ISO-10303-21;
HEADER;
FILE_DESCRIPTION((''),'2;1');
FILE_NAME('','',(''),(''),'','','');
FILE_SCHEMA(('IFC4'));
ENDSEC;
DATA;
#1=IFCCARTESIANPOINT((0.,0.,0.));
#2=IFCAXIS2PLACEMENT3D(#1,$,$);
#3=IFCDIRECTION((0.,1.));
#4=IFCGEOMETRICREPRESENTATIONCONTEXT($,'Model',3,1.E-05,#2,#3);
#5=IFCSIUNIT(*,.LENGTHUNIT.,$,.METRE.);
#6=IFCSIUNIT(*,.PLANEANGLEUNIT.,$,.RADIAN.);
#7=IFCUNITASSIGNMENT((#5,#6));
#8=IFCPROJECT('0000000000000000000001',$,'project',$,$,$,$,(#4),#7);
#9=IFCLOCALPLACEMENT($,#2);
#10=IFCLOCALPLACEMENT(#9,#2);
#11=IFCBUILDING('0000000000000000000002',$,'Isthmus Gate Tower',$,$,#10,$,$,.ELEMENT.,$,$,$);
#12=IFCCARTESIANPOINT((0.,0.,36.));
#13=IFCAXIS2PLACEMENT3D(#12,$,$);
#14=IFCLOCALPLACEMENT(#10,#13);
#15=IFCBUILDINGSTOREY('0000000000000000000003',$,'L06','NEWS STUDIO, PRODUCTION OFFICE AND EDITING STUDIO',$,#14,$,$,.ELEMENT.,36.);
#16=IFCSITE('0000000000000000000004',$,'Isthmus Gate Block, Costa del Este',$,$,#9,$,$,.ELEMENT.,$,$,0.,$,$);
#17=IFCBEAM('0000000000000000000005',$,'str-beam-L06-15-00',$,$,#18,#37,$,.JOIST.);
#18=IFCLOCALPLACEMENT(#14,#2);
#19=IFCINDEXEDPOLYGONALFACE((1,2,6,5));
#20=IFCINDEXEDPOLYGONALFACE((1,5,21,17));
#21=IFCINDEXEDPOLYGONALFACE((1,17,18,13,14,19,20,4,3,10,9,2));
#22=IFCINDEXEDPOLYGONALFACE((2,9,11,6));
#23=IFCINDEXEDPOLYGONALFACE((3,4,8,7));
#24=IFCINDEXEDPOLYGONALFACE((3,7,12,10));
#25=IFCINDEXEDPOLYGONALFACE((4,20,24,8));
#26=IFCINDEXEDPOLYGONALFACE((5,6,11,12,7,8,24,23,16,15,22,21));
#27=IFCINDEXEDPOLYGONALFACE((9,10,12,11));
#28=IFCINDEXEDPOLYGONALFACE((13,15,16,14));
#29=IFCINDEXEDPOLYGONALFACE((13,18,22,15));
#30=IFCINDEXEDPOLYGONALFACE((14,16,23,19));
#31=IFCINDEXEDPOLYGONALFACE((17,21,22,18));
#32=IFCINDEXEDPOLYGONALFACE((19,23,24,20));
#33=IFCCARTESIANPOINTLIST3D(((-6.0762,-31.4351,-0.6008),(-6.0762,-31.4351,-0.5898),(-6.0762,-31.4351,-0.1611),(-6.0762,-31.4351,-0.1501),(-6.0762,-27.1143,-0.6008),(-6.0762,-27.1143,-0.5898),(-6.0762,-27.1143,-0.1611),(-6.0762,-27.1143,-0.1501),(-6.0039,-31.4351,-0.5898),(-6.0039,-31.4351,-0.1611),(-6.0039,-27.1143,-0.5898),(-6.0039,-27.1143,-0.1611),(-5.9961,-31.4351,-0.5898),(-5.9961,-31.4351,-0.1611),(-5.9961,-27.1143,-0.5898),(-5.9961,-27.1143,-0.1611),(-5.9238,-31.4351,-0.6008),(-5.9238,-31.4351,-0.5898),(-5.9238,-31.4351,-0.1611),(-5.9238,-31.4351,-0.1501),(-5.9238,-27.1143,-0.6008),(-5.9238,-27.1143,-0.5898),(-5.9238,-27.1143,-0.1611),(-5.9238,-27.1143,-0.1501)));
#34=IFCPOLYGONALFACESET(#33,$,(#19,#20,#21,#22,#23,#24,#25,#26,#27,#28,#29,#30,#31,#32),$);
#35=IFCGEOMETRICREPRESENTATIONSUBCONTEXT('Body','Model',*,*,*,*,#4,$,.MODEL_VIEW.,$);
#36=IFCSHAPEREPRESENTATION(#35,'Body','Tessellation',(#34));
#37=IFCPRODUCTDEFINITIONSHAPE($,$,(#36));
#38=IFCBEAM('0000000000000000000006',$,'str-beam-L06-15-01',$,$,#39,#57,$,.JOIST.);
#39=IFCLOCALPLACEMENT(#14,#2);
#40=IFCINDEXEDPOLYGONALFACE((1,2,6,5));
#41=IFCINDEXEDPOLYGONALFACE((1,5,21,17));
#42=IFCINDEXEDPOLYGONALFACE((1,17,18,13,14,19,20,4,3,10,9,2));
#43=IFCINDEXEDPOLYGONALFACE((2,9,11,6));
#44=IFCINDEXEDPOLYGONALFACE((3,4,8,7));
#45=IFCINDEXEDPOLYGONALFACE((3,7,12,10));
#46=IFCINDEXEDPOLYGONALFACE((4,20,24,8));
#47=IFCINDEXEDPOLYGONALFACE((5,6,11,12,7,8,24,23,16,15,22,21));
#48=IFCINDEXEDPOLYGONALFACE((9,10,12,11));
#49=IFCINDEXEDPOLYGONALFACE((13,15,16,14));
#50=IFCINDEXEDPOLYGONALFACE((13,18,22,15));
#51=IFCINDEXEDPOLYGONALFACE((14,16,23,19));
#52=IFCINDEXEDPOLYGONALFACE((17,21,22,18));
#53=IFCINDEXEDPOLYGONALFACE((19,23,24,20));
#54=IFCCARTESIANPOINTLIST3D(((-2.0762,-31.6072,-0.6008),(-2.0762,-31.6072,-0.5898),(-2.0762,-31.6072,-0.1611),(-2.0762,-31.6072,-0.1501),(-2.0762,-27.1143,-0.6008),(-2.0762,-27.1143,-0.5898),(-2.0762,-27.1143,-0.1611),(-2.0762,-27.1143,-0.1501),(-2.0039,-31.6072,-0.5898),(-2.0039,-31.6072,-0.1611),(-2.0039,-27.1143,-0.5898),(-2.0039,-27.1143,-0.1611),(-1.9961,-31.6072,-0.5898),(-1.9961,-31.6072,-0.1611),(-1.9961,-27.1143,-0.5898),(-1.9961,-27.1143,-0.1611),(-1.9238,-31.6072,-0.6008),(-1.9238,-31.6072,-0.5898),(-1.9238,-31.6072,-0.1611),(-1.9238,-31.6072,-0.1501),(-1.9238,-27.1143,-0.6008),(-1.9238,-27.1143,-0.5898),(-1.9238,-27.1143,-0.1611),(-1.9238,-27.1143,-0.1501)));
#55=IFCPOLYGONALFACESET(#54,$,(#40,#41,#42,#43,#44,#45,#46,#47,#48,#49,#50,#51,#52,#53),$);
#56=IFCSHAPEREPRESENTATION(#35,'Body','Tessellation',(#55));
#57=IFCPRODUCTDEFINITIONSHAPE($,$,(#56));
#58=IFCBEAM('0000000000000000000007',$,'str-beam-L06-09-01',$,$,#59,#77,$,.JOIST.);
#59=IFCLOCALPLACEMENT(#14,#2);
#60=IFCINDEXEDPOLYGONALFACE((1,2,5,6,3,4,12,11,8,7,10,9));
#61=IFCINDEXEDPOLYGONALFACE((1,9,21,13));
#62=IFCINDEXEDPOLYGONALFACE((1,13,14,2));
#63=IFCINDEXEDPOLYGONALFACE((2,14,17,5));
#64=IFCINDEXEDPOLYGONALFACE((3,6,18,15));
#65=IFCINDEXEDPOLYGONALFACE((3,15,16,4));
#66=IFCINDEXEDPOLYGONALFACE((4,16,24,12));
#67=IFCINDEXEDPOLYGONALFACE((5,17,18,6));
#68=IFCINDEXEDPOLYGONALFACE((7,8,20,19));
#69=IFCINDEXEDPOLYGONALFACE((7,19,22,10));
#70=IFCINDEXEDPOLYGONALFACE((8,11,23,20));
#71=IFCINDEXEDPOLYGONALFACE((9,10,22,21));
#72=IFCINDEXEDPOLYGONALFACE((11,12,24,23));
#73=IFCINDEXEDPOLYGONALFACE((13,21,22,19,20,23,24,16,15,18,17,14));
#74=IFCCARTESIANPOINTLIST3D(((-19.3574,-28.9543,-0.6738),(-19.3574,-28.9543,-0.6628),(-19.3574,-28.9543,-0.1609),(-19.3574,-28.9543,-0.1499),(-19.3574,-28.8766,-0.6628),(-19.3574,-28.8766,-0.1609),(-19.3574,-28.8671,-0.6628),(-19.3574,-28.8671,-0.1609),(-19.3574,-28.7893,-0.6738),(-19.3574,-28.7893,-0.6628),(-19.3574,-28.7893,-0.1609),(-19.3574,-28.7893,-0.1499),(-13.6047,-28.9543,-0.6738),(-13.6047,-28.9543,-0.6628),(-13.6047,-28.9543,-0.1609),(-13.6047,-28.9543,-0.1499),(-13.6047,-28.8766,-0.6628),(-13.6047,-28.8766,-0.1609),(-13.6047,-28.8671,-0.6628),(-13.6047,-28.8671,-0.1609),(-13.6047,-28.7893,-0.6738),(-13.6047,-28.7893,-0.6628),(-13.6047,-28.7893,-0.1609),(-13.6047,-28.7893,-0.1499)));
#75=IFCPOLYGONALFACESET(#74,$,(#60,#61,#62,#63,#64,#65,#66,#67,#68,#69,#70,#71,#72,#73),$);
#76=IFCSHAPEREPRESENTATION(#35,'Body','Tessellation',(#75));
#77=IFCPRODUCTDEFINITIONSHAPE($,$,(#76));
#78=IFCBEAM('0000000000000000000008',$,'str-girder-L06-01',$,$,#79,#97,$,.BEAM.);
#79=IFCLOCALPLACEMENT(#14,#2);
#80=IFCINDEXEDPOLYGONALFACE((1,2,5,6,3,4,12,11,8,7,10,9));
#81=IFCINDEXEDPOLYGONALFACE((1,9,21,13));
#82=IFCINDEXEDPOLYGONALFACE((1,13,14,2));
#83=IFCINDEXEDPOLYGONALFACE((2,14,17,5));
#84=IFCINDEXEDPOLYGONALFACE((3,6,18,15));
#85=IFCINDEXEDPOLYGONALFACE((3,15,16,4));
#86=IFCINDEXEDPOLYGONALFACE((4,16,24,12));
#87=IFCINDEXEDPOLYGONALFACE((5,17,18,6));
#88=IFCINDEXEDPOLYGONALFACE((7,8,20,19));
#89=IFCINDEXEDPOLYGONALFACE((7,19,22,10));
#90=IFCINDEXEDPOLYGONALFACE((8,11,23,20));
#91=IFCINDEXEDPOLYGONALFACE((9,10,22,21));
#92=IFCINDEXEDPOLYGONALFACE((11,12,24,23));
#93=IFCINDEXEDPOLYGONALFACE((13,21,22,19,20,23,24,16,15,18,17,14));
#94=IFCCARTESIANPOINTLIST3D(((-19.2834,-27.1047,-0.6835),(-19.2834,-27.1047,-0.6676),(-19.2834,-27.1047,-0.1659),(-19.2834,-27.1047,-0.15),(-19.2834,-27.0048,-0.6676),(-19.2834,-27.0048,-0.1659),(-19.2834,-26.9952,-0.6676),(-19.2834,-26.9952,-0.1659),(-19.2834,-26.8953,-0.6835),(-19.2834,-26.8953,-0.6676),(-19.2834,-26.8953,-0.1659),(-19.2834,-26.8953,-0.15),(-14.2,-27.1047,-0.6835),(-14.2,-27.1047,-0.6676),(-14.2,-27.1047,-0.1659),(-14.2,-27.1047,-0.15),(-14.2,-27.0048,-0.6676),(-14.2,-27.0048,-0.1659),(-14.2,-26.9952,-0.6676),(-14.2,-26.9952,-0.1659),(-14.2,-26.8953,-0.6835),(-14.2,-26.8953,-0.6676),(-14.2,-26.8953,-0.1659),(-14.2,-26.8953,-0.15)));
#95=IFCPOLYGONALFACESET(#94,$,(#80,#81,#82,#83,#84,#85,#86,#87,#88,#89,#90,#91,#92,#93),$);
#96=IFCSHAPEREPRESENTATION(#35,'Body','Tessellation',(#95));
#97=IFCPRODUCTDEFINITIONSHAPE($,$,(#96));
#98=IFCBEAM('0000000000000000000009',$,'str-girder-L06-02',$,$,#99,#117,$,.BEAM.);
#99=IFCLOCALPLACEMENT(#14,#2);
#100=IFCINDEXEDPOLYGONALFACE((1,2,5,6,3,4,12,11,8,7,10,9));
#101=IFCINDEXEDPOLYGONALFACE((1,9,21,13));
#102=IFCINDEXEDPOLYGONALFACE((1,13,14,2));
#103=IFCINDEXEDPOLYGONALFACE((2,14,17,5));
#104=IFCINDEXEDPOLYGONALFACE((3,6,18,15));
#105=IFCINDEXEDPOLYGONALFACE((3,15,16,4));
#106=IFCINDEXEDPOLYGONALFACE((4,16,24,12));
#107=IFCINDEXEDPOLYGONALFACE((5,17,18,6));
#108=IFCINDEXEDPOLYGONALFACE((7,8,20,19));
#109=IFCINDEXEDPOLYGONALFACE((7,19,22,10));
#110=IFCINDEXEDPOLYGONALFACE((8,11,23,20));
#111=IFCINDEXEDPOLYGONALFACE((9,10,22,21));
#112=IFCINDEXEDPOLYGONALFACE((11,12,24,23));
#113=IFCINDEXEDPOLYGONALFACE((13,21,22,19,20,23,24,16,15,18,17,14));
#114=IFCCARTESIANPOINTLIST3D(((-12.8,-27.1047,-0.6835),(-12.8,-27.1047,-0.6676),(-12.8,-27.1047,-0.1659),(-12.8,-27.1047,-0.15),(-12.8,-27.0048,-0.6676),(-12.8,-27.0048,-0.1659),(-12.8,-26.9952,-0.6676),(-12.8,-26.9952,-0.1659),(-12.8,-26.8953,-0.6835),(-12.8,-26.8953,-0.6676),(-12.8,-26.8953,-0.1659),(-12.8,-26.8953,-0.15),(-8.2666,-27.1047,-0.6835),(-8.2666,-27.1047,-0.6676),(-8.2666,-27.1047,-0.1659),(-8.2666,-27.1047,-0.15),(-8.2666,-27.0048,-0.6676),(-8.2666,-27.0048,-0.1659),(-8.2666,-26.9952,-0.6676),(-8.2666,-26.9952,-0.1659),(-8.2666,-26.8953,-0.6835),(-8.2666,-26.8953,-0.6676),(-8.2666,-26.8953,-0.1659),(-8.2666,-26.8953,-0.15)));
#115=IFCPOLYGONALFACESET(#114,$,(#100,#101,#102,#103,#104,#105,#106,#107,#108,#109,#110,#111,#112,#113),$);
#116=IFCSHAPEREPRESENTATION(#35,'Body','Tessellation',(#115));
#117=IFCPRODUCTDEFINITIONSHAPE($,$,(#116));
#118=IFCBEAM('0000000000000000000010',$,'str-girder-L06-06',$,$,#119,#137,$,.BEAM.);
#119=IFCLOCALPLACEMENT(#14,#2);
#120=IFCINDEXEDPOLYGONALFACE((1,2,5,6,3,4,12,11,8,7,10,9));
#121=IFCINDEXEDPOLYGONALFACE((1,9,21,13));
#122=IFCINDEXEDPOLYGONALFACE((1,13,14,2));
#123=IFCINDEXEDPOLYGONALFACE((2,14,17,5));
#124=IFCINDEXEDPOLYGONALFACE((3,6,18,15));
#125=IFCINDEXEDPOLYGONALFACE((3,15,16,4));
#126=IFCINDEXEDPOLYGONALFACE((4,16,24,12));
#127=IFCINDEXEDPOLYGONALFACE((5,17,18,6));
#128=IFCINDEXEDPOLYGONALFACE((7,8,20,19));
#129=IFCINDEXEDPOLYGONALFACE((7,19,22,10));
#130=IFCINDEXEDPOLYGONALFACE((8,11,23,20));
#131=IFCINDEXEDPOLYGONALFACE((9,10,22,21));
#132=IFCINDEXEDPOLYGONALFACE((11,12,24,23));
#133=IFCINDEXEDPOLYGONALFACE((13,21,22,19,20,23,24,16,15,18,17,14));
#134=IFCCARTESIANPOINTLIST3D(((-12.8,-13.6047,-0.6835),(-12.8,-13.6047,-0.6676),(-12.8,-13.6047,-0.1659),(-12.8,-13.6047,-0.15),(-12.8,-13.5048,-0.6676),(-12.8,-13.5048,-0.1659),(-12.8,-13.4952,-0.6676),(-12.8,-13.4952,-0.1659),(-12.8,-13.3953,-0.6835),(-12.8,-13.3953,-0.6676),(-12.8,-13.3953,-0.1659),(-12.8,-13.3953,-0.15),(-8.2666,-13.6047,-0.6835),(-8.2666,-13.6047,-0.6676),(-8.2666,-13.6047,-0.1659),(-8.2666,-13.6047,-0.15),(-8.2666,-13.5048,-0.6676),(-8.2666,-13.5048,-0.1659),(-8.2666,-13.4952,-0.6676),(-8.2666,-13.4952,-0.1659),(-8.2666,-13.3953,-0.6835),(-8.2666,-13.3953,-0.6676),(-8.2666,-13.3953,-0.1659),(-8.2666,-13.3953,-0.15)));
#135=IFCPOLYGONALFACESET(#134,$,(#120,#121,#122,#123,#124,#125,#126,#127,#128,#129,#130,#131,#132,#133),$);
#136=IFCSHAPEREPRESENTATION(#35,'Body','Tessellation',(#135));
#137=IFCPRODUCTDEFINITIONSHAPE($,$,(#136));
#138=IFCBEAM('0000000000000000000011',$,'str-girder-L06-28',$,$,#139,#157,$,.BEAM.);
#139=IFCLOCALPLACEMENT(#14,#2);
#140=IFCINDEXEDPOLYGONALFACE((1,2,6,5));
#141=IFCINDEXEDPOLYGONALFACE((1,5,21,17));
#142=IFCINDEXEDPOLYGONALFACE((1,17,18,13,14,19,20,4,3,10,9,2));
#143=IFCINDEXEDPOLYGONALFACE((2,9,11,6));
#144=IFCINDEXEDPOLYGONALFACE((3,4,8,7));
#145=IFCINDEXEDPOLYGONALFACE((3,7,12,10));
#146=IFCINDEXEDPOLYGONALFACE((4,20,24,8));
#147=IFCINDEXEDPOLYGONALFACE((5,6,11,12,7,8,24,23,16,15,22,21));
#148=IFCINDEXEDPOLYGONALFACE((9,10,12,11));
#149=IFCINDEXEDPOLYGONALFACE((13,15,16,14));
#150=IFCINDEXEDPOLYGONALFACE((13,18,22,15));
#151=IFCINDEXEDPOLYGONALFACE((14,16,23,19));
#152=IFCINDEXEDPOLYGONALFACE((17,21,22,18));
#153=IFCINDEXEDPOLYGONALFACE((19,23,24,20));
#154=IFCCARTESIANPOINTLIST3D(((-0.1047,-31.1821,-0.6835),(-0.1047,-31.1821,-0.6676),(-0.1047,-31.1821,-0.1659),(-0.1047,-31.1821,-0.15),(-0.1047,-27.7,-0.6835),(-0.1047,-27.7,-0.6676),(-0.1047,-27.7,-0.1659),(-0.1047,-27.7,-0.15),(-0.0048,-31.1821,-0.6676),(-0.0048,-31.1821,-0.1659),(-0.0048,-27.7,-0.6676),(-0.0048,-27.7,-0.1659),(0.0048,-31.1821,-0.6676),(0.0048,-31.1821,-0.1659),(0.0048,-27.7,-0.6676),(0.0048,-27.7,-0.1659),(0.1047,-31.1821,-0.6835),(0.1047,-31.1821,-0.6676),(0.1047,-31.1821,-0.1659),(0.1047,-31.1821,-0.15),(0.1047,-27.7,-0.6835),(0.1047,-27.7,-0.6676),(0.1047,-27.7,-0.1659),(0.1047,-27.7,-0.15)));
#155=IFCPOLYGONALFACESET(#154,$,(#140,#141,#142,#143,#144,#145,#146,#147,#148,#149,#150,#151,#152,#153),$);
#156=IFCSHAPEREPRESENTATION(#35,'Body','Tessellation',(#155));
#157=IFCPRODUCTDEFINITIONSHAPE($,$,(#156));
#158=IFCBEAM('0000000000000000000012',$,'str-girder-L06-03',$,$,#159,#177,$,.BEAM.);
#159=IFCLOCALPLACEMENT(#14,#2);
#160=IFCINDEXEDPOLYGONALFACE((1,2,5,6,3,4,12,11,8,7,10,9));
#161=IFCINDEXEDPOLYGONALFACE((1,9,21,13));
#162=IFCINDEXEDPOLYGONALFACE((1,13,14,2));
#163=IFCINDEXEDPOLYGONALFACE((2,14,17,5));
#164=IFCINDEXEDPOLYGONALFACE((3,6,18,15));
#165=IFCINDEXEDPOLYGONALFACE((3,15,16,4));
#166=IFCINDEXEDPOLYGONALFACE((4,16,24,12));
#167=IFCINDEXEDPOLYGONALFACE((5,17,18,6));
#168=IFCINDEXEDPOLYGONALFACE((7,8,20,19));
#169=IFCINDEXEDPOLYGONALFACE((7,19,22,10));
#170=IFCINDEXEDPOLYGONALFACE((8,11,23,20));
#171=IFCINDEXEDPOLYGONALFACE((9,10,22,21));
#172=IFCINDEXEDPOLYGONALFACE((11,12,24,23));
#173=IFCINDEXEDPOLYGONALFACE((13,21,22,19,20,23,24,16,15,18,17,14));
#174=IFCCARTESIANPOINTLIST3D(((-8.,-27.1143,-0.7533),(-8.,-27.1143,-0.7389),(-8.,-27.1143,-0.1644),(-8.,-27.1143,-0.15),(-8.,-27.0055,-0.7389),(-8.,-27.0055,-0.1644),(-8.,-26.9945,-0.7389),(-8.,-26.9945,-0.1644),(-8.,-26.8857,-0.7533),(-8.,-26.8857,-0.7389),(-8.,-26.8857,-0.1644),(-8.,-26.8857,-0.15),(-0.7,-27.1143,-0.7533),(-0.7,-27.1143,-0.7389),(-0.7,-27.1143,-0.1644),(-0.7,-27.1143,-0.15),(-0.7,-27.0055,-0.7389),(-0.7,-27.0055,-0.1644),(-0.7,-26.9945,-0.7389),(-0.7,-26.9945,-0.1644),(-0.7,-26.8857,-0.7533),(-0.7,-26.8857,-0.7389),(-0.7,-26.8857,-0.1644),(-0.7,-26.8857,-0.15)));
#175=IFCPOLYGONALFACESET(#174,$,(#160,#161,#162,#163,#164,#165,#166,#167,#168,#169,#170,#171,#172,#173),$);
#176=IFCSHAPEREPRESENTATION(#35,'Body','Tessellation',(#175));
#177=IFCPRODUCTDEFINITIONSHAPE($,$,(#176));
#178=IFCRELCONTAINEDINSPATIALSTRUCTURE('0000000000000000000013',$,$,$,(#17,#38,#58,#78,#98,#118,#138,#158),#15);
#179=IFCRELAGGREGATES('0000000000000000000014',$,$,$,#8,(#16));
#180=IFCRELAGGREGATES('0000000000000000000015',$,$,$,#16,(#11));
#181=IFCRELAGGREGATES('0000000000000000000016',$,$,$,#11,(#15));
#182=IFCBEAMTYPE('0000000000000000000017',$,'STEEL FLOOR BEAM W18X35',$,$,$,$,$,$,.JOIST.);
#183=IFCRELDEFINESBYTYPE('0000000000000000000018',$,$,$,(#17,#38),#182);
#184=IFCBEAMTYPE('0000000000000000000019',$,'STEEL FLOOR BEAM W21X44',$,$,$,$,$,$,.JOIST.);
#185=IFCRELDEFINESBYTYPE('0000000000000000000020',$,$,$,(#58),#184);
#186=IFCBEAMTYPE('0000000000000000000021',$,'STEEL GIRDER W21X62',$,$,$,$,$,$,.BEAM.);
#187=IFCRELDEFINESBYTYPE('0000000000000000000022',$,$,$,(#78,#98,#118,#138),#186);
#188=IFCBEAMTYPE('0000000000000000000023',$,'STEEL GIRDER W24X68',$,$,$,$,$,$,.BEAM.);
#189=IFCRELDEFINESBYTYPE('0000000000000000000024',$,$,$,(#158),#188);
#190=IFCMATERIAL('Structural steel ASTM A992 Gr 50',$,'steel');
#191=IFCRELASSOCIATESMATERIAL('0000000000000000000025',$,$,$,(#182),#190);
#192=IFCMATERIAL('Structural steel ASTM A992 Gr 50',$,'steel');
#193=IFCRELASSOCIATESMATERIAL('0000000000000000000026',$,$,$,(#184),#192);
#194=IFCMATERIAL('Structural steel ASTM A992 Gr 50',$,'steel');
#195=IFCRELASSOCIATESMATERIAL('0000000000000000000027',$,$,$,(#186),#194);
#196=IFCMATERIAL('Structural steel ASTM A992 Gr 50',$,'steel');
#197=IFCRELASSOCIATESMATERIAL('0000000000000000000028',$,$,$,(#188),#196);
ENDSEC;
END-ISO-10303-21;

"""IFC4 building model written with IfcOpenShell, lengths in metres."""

from ifc_helpers import new_model, si_unit, direction, frame, origin, origin_2d, place, context, subcontext, project, spatial, i_section, extrude, material, material_profile, profile_set, type_object, element, save


model = new_model("IFC4")

# Units and contexts
model_context = context("Model", 3, precision=1e-05, world=origin(), true_north=direction((0.0, 1.0)))
body_context = subcontext(model_context, "Body", "Model", "MODEL_VIEW")
ifc_project = project(units=[si_unit("LENGTHUNIT", "METRE"), si_unit("PLANEANGLEUNIT", "RADIAN")], contexts=[model_context])

# Site, building, storey
site_placement = place(None, origin())
site = spatial("IfcSite", under=ifc_project, at=site_placement, Name="Isthmus Gate Block, Costa del Este", CompositionType="ELEMENT", RefElevation=0.0)
building_placement = place(site_placement, origin())
building = spatial("IfcBuilding", under=site, at=building_placement, Name="Isthmus Gate Tower", CompositionType="ELEMENT")
storey_placement = place(building_placement, frame((0.0, 0.0, 36.0)))
storey = spatial("IfcBuildingStorey", under=building, at=storey_placement, Name="L06", Description="NEWS STUDIO, PRODUCTION OFFICE AND EDITING STUDIO", CompositionType="ELEMENT", Elevation=36.0)

# Beams
ifc_material_1 = material(Name="Structural steel ASTM A992 Gr 50", Category="steel")
ifc_material_profile_1 = material_profile(ifc_material_1, i_section(OverallWidth=0.1523, OverallDepth=0.4507, WebThickness=0.0078, FlangeThickness=0.011, at=origin_2d()), Name="W18X35")
ifc_profile_set_1 = profile_set([ifc_material_profile_1], Name="Structural steel ASTM A992 Gr 50")
beam_type_1 = type_object("IfcBeamType", Name="STEEL FLOOR BEAM W18X35", PredefinedType="JOIST", material=ifc_profile_set_1)
beam_1_placement = place(storey_placement, frame((-6.0, -31.4351, -0.3755), z_axis=(0.0, 1.0, 0.0), x_axis=(-1.0, 0.0, 0.0)))
element("IfcBeam", 1, at=beam_1_placement, inside=storey, type_object=beam_type_1, Name="str-beam-L06-15-00", PredefinedType="JOIST", context=body_context, shape_type="SweptSolid", body=[
    extrude(i_section(OverallWidth=0.1523, OverallDepth=0.4507, WebThickness=0.0078, FlangeThickness=0.011, at=origin_2d()), origin(), (0.0, 0.0, 1.0), 4.3208),
])
beam_2_placement = place(storey_placement, frame((-2.0, -31.6072, -0.3755), z_axis=(0.0, 1.0, 0.0), x_axis=(-1.0, 0.0, 0.0)))
element("IfcBeam", 2, at=beam_2_placement, inside=storey, type_object=beam_type_1, Name="str-beam-L06-15-01", PredefinedType="JOIST", context=body_context, shape_type="SweptSolid", body=[
    extrude(i_section(OverallWidth=0.1523, OverallDepth=0.4507, WebThickness=0.0078, FlangeThickness=0.011, at=origin_2d()), origin(), (0.0, 0.0, 1.0), 4.4929),
])
ifc_material_2 = material(Name="Structural steel ASTM A992 Gr 50", Category="steel")
ifc_material_profile_2 = material_profile(ifc_material_2, i_section(OverallWidth=0.165, OverallDepth=0.5239, WebThickness=0.0095, FlangeThickness=0.011, at=origin_2d()), Name="W21X44")
ifc_profile_set_2 = profile_set([ifc_material_profile_2], Name="Structural steel ASTM A992 Gr 50")
beam_type_2 = type_object("IfcBeamType", Name="STEEL FLOOR BEAM W21X44", PredefinedType="JOIST", material=ifc_profile_set_2)
beam_3_placement = place(storey_placement, frame((-19.3574, -28.8718, -0.4119), z_axis=(1.0, 0.0, 0.0), x_axis=(0.0, 1.0, 0.0)))
element("IfcBeam", 3, at=beam_3_placement, inside=storey, type_object=beam_type_2, Name="str-beam-L06-09-01", PredefinedType="JOIST", context=body_context, shape_type="SweptSolid", body=[
    extrude(i_section(OverallWidth=0.165, OverallDepth=0.5239, WebThickness=0.0095, FlangeThickness=0.011, at=origin_2d()), origin(), (0.0, 0.0, 1.0), 5.7527),
])
ifc_material_3 = material(Name="Structural steel ASTM A992 Gr 50", Category="steel")
ifc_material_profile_3 = material_profile(ifc_material_3, i_section(OverallWidth=0.2095, OverallDepth=0.5334, WebThickness=0.0095, FlangeThickness=0.0159, at=origin_2d()), Name="W21X62")
ifc_profile_set_3 = profile_set([ifc_material_profile_3], Name="Structural steel ASTM A992 Gr 50")
beam_type_3 = type_object("IfcBeamType", Name="STEEL GIRDER W21X62", PredefinedType="BEAM", material=ifc_profile_set_3)
beam_4_placement = place(storey_placement, frame((-19.2834, -27.0, -0.4167), z_axis=(1.0, 0.0, 0.0), x_axis=(0.0, 1.0, 0.0)))
element("IfcBeam", 4, at=beam_4_placement, inside=storey, type_object=beam_type_3, Name="str-girder-L06-01", PredefinedType="BEAM", context=body_context, shape_type="SweptSolid", body=[
    extrude(i_section(OverallWidth=0.2095, OverallDepth=0.5334, WebThickness=0.0095, FlangeThickness=0.0159, at=origin_2d()), origin(), (0.0, 0.0, 1.0), 5.0835),
])
for number, where, z_axis, x_axis, name in (
    (5, (-12.8, -27.0, -0.4167), (1.0, 0.0, 0.0), (0.0, 1.0, 0.0), "str-girder-L06-02"),
    (6, (-12.8, -13.5, -0.4167), (1.0, 0.0, 0.0), (0.0, 1.0, 0.0), "str-girder-L06-06"),
):
    element("IfcBeam", number, at=place(storey_placement, frame(where, z_axis=z_axis, x_axis=x_axis)), inside=storey, type_object=beam_type_3, Name=name, PredefinedType="BEAM", context=body_context, shape_type="SweptSolid", body=[
        extrude(i_section(OverallWidth=0.2095, OverallDepth=0.5334, WebThickness=0.0095, FlangeThickness=0.0159, at=origin_2d()), origin(), (0.0, 0.0, 1.0), 4.5334),
    ])
beam_5_placement = place(storey_placement, frame((0.0, -31.1821, -0.4167), z_axis=(0.0, 1.0, 0.0), x_axis=(-1.0, 0.0, 0.0)))
element("IfcBeam", 7, at=beam_5_placement, inside=storey, type_object=beam_type_3, Name="str-girder-L06-28", PredefinedType="BEAM", context=body_context, shape_type="SweptSolid", body=[
    extrude(i_section(OverallWidth=0.2095, OverallDepth=0.5334, WebThickness=0.0095, FlangeThickness=0.0159, at=origin_2d()), origin(), (0.0, 0.0, 1.0), 3.4822),
])
ifc_material_4 = material(Name="Structural steel ASTM A992 Gr 50", Category="steel")
ifc_material_profile_4 = material_profile(ifc_material_4, i_section(OverallWidth=0.2285, OverallDepth=0.6033, WebThickness=0.011, FlangeThickness=0.0144, at=origin_2d()), Name="W24X68")
ifc_profile_set_4 = profile_set([ifc_material_profile_4], Name="Structural steel ASTM A992 Gr 50")
beam_type_4 = type_object("IfcBeamType", Name="STEEL GIRDER W24X68", PredefinedType="BEAM", material=ifc_profile_set_4)
beam_6_placement = place(storey_placement, frame((-8.0, -27.0, -0.4517), z_axis=(1.0, 0.0, 0.0), x_axis=(0.0, 1.0, 0.0)))
element("IfcBeam", 8, at=beam_6_placement, inside=storey, type_object=beam_type_4, Name="str-girder-L06-03", PredefinedType="BEAM", context=body_context, shape_type="SweptSolid", body=[
    extrude(i_section(OverallWidth=0.2285, OverallDepth=0.6033, WebThickness=0.011, FlangeThickness=0.0144, at=origin_2d()), origin(), (0.0, 0.0, 1.0), 7.3),
])

save(model, "model.ifc")
